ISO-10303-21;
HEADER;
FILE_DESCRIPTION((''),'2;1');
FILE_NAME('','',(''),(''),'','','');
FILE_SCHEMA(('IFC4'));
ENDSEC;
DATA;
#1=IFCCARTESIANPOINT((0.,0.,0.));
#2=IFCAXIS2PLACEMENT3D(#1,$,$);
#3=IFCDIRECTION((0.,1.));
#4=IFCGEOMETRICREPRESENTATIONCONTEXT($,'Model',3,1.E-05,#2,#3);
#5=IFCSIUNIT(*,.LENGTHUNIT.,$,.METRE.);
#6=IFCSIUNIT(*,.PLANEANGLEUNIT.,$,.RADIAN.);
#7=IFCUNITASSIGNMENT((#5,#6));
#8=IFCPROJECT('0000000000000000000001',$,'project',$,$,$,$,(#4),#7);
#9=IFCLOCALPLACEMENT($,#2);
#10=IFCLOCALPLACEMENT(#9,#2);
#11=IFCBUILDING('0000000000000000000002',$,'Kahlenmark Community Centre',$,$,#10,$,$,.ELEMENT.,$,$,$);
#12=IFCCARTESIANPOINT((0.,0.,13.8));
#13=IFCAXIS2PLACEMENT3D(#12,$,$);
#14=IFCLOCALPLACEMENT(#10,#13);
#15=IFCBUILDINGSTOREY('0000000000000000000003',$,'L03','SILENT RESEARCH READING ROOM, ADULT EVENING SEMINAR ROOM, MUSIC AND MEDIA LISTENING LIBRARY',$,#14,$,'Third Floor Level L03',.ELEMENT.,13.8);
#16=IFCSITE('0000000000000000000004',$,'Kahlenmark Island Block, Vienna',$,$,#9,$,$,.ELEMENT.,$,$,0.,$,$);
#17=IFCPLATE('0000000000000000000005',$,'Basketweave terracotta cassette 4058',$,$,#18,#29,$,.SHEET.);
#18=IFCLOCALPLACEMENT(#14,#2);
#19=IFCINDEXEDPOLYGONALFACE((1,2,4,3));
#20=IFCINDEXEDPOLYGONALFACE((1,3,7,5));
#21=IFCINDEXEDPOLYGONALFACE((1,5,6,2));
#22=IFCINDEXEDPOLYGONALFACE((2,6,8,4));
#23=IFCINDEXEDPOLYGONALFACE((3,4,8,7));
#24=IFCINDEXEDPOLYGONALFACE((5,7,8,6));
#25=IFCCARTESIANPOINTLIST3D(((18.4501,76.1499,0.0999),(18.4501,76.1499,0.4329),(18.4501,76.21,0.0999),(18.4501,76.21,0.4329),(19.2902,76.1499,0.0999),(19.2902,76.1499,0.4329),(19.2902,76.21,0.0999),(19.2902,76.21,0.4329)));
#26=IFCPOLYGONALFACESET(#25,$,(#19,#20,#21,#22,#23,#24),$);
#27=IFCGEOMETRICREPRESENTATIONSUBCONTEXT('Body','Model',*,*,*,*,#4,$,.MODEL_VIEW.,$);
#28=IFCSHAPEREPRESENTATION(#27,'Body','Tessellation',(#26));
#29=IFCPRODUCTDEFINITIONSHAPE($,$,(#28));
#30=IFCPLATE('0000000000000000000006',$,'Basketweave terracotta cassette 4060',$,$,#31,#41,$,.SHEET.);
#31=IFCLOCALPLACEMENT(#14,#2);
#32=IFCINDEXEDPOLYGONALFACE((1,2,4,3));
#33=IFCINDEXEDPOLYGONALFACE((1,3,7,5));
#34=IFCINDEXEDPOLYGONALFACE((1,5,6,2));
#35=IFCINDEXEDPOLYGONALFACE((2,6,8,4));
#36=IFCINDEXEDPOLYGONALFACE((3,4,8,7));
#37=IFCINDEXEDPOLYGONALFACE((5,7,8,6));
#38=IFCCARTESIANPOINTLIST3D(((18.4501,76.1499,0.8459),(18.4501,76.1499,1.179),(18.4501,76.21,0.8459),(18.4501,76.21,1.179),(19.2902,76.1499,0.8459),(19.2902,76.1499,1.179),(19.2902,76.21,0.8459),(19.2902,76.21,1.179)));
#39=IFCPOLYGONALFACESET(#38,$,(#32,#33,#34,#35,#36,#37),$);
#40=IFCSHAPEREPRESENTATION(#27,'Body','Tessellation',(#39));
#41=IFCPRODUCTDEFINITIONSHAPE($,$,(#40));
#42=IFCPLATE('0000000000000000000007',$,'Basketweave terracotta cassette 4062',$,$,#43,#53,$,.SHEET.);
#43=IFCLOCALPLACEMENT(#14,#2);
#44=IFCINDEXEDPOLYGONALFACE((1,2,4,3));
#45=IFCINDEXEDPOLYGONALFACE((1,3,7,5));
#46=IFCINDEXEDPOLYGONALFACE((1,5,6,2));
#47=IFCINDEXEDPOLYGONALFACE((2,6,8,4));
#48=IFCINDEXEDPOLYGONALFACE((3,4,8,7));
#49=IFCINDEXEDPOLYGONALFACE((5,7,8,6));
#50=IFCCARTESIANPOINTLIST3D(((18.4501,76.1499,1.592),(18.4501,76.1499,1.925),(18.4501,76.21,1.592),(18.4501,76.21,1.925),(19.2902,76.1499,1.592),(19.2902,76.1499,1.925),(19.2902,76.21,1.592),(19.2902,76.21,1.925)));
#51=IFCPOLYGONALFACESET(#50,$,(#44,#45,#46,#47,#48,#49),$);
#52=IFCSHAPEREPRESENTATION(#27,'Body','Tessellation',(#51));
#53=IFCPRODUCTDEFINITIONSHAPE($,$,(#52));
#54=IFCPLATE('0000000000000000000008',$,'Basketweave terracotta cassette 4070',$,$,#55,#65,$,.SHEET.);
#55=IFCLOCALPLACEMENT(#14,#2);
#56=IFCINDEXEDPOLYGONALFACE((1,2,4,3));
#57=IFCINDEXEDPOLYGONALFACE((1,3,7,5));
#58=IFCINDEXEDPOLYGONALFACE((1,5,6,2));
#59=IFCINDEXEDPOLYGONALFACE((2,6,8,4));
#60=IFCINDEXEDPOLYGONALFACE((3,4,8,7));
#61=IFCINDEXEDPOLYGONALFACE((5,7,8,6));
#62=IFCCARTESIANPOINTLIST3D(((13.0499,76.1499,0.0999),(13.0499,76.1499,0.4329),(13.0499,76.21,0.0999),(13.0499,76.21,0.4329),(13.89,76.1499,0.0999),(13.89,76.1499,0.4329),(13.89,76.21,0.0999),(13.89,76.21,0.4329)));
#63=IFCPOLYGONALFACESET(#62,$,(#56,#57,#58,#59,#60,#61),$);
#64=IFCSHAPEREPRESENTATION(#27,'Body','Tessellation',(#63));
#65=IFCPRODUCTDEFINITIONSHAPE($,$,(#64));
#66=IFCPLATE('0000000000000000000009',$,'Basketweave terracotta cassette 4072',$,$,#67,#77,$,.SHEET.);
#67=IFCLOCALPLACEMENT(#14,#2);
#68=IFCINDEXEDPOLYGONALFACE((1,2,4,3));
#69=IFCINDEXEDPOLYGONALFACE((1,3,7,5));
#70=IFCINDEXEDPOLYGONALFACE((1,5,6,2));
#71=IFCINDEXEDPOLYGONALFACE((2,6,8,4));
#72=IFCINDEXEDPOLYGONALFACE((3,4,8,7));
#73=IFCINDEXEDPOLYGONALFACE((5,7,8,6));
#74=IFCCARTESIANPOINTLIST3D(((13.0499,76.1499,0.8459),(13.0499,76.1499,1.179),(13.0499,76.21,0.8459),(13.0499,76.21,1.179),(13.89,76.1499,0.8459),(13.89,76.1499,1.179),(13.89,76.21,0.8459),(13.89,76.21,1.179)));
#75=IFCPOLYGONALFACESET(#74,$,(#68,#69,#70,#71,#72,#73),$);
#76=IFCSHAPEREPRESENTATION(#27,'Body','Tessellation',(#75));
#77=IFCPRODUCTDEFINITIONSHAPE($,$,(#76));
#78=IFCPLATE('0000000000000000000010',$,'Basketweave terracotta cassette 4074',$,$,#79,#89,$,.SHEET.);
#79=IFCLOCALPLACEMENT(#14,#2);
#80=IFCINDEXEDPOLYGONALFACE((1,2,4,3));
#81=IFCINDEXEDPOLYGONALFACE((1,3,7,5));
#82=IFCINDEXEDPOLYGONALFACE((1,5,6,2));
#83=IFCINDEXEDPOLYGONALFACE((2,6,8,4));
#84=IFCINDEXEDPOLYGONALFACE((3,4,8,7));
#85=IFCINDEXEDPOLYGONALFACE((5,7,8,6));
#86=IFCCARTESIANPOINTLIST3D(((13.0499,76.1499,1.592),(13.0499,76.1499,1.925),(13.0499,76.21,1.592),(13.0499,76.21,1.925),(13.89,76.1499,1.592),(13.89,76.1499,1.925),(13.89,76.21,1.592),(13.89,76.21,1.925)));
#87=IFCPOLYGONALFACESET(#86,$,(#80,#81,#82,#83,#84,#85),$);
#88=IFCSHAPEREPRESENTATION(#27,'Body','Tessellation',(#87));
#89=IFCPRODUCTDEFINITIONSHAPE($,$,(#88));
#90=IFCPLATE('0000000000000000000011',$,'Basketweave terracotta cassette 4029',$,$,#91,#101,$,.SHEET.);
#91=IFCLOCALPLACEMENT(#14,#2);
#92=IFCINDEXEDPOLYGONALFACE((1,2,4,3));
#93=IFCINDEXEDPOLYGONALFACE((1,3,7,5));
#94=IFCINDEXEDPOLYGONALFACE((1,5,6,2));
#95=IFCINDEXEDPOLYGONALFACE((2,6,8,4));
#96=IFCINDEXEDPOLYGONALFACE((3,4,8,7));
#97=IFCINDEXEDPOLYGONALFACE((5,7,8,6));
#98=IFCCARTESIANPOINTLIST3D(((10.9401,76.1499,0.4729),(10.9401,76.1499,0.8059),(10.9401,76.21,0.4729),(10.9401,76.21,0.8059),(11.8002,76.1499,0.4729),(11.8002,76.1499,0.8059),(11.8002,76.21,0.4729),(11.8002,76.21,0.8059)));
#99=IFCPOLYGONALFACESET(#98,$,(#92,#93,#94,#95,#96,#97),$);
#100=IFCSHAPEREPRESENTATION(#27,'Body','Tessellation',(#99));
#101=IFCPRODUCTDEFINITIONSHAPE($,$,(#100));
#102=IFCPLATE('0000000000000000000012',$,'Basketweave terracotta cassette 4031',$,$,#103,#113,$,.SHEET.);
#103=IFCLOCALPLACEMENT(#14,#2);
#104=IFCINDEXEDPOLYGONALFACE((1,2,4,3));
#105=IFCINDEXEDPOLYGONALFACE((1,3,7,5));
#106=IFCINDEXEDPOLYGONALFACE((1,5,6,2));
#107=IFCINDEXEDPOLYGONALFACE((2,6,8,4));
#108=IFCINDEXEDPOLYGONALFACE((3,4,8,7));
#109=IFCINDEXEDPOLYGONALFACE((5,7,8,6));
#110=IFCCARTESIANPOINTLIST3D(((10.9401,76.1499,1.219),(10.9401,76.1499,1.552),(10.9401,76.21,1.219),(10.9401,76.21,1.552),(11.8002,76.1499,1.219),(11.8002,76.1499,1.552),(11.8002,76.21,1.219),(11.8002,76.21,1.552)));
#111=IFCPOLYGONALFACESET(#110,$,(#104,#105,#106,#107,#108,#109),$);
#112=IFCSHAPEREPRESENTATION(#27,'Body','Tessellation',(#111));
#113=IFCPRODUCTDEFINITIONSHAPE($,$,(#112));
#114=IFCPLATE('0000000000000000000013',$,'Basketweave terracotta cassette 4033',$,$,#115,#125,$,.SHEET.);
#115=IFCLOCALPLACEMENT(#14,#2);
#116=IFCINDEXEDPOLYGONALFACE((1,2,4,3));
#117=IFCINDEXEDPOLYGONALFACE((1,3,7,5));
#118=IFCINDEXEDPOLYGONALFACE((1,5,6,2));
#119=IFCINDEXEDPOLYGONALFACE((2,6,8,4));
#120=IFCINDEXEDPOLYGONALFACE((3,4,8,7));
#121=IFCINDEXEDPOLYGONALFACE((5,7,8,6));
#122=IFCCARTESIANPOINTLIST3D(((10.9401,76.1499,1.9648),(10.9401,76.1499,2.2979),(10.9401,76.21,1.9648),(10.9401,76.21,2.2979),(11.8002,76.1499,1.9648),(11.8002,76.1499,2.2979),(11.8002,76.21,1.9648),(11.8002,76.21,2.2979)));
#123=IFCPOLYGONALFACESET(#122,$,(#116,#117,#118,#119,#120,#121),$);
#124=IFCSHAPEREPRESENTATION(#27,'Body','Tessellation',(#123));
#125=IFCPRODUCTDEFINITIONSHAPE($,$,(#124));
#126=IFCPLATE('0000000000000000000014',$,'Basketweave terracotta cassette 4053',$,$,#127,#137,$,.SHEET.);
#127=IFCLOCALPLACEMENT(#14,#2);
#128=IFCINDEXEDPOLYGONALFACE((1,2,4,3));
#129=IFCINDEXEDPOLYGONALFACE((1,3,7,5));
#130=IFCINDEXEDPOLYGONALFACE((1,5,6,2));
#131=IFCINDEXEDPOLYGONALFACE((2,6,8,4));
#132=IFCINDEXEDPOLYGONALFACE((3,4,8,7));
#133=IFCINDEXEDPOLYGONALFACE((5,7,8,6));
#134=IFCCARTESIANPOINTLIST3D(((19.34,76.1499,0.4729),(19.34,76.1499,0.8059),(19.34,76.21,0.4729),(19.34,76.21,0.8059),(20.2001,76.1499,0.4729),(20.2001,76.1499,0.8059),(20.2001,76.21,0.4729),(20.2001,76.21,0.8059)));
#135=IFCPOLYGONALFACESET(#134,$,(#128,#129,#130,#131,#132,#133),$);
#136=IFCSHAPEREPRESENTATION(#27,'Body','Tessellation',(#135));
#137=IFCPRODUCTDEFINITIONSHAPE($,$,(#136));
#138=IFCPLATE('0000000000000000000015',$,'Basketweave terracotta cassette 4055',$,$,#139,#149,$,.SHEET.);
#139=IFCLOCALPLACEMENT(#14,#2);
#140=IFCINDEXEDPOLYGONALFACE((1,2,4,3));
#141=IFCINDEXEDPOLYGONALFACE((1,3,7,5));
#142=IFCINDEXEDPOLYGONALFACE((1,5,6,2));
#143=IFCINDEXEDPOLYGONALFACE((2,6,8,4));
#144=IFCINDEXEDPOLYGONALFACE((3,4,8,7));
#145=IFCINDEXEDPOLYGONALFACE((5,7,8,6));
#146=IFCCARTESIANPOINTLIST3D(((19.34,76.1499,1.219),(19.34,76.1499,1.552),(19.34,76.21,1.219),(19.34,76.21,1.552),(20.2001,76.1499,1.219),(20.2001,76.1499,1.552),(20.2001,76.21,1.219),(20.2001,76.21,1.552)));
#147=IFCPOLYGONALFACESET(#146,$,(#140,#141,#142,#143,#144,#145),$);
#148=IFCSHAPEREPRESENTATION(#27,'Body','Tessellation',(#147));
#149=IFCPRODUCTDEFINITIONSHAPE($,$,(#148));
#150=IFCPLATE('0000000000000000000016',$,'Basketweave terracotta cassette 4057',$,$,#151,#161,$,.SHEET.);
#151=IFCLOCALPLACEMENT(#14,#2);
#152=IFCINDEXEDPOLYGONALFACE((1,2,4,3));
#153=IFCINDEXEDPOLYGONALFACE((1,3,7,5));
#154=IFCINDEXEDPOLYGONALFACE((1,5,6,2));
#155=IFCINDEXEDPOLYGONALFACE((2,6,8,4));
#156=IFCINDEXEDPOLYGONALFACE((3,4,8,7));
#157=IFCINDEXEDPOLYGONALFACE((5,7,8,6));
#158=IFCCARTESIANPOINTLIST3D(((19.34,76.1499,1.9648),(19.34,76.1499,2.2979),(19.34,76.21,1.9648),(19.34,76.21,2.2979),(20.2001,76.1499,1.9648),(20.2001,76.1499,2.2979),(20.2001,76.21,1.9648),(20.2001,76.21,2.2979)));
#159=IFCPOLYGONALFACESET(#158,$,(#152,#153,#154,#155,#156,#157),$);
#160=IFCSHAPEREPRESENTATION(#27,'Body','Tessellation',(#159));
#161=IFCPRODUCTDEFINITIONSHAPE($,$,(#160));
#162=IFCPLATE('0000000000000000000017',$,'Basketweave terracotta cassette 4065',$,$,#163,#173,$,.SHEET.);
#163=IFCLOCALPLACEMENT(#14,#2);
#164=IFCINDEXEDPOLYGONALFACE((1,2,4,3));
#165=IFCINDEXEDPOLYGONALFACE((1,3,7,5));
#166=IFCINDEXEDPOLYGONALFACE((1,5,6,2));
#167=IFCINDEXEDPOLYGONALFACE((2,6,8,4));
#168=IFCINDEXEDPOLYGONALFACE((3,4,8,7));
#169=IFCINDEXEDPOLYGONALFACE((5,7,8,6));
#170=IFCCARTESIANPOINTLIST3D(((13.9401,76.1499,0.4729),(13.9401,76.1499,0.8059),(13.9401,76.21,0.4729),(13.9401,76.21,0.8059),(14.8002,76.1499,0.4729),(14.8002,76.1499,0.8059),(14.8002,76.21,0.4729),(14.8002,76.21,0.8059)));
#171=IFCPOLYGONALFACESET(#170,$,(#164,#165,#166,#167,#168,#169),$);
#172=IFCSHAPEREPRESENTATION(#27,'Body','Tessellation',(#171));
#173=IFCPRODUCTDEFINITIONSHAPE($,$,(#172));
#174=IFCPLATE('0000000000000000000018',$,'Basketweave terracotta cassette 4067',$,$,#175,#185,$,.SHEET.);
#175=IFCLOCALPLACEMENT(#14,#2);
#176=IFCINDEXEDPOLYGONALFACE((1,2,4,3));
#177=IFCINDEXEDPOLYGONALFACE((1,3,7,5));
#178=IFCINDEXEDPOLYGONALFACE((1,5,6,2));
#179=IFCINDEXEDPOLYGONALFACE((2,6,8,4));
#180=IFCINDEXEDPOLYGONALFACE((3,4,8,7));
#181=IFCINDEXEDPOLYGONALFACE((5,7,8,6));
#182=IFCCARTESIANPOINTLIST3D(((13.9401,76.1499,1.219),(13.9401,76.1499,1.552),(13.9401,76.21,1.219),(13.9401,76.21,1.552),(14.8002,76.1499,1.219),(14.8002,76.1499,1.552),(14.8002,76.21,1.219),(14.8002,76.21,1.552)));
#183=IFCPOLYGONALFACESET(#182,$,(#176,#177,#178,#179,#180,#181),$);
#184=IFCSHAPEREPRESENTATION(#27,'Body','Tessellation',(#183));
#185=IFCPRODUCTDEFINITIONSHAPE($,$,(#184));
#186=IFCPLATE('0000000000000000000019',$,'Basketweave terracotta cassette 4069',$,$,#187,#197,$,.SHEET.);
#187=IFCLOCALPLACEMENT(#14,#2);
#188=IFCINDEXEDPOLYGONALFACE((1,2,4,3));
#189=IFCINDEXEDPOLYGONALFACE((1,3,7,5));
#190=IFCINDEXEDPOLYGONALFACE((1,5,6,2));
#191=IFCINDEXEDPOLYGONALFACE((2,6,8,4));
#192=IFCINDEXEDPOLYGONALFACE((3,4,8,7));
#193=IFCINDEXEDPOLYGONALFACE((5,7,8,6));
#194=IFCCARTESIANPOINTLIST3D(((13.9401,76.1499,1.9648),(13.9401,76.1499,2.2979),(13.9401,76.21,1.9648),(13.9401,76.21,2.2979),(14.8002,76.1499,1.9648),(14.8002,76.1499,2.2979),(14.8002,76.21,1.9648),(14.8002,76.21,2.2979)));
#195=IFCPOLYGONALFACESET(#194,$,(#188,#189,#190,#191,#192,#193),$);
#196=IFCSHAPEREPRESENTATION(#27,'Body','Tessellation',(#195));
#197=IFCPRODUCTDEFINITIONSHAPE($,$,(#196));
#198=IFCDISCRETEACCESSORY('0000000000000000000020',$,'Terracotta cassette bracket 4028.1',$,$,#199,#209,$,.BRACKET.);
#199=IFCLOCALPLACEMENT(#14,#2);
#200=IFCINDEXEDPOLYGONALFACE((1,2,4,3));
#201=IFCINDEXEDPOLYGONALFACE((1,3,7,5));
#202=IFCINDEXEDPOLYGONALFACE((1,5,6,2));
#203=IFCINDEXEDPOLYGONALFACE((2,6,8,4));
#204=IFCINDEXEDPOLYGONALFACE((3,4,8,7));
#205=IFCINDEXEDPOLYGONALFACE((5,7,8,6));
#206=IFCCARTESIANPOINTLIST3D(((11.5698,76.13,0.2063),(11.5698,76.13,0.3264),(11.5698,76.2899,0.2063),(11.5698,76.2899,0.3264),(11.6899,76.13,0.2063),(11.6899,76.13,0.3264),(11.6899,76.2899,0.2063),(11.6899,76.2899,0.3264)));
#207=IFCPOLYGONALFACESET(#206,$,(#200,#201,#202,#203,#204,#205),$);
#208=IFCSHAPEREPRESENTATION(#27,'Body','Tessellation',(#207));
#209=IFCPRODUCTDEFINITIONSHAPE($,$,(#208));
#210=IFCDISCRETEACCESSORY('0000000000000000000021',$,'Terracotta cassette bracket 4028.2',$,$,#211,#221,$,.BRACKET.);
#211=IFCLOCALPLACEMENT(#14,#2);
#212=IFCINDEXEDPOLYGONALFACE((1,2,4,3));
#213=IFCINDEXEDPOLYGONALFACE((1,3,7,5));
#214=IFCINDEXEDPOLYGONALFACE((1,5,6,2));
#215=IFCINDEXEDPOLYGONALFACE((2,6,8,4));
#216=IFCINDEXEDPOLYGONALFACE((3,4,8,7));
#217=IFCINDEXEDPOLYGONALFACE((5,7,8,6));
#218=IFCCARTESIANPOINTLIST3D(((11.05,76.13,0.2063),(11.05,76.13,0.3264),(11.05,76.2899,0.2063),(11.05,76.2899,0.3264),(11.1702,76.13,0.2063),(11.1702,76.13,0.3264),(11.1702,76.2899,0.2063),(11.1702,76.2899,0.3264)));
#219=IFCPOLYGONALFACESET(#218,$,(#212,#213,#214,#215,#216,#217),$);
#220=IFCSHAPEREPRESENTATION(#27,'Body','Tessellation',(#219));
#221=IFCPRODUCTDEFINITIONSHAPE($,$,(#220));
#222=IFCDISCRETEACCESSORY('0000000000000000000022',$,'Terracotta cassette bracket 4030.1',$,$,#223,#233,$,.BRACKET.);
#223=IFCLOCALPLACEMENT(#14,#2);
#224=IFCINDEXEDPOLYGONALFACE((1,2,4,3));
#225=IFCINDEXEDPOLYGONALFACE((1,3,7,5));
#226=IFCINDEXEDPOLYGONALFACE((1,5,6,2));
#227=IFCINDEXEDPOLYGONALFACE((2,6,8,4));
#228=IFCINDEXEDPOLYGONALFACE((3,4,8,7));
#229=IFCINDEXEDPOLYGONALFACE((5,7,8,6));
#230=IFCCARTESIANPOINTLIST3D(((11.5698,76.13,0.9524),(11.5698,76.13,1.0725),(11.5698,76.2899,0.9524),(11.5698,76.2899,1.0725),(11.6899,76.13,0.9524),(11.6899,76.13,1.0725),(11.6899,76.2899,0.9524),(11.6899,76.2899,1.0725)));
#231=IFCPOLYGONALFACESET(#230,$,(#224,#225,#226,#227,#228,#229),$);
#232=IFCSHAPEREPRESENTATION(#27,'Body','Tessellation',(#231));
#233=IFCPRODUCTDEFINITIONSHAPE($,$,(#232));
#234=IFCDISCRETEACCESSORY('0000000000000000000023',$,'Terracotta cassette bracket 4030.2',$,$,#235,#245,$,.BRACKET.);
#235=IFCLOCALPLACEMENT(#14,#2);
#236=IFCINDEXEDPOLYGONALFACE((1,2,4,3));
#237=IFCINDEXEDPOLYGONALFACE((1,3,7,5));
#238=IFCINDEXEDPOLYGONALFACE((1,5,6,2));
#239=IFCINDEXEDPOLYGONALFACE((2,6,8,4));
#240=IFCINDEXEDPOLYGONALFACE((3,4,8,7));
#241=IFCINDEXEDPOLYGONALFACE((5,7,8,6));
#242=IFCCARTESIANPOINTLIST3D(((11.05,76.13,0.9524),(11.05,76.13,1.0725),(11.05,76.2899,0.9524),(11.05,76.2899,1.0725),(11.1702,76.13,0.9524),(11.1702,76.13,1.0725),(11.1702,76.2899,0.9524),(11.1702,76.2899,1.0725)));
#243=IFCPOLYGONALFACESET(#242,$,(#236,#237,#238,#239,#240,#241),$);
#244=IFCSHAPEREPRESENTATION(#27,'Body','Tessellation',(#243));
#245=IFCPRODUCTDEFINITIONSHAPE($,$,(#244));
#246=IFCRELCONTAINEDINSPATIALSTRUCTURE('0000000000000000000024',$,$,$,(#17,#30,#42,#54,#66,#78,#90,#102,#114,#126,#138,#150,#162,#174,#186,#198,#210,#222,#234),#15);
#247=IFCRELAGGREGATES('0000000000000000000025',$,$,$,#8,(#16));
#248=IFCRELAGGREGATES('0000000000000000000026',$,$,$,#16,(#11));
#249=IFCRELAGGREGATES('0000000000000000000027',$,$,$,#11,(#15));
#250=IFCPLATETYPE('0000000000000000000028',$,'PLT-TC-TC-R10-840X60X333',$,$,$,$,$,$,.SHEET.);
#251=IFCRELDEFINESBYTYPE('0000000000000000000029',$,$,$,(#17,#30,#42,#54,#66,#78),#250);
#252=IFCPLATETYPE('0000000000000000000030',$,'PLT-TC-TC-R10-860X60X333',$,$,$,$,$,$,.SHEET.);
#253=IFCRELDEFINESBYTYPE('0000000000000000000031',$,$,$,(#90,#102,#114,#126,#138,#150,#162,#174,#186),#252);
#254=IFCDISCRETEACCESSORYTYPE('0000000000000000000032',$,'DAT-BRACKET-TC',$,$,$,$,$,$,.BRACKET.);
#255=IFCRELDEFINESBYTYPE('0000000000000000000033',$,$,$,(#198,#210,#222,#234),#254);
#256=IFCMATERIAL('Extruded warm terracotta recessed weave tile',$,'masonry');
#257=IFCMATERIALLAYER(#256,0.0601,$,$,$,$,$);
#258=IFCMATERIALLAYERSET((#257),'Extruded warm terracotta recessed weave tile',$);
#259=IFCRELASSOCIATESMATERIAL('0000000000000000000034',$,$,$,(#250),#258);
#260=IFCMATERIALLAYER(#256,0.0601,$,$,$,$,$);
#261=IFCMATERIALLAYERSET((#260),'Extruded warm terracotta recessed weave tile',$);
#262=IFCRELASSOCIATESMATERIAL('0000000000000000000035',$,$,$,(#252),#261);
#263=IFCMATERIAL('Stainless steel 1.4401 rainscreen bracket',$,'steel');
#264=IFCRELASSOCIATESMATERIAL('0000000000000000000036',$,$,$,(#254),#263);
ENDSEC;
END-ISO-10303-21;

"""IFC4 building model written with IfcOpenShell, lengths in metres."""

from ifc_helpers import new_model, si_unit, direction, frame, origin, origin_2d, place, context, subcontext, project, spatial, rectangle, extrude, material, layer, layer_set, type_object, element, save


model = new_model("IFC4")

# Units and contexts
model_context = context("Model", 3, precision=1e-05, world=origin(), true_north=direction((0.0, 1.0)))
body_context = subcontext(model_context, "Body", "Model", "MODEL_VIEW")
ifc_project = project(units=[si_unit("LENGTHUNIT", "METRE"), si_unit("PLANEANGLEUNIT", "RADIAN")], contexts=[model_context])

# Site, building, storey
site_placement = place(None, origin())
site = spatial("IfcSite", under=ifc_project, at=site_placement, Name="Kahlenmark Island Block, Vienna", CompositionType="ELEMENT", RefElevation=0.0)
building_placement = place(site_placement, origin())
building = spatial("IfcBuilding", under=site, at=building_placement, Name="Kahlenmark Community Centre", CompositionType="ELEMENT")
storey_placement = place(building_placement, frame((0.0, 0.0, 13.8)))
storey = spatial("IfcBuildingStorey", under=building, at=storey_placement, Name="L03", Description="SILENT RESEARCH READING ROOM, ADULT EVENING SEMINAR ROOM, MUSIC AND MEDIA LISTENING LIBRARY", LongName="Third Floor Level L03", CompositionType="ELEMENT", Elevation=13.8)

# Plates
ifc_material_1 = material(Name="Extruded warm terracotta recessed weave tile", Category="masonry")
ifc_layer_1 = layer(ifc_material_1, 0.0601)
ifc_layer_set_1 = layer_set([ifc_layer_1], Name="Extruded warm terracotta recessed weave tile")
plate_type_1 = type_object("IfcPlateType", Name="PLT-TC-TC-R10-840X60X333", PredefinedType="SHEET", material=ifc_layer_set_1)
for number, where, z_axis, x_axis, name in (
    (1, (18.8701, 76.1799, 0.0999), (0.0, 0.0, 1.0), (-1.0, 0.0, 0.0), "Basketweave terracotta cassette 4058"),
    (2, (18.8701, 76.1799, 0.8459), (0.0, 0.0, 1.0), (-1.0, 0.0, 0.0), "Basketweave terracotta cassette 4060"),
    (3, (18.8701, 76.1799, 1.592), (0.0, 0.0, 1.0), (-1.0, 0.0, 0.0), "Basketweave terracotta cassette 4062"),
    (4, (13.47, 76.1799, 0.0999), (0.0, 0.0, 1.0), (-1.0, 0.0, 0.0), "Basketweave terracotta cassette 4070"),
    (5, (13.47, 76.1799, 0.8459), (0.0, 0.0, 1.0), (-1.0, 0.0, 0.0), "Basketweave terracotta cassette 4072"),
    (6, (13.47, 76.1799, 1.592), (0.0, 0.0, 1.0), (-1.0, 0.0, 0.0), "Basketweave terracotta cassette 4074"),
):
    element("IfcPlate", number, at=place(storey_placement, frame(where, z_axis=z_axis, x_axis=x_axis)), inside=storey, type_object=plate_type_1, Name=name, PredefinedType="SHEET", context=body_context, shape_type="SweptSolid", body=[
        extrude(rectangle(XDim=0.8401, YDim=0.0601, at=origin_2d()), origin(), (0.0, 0.0, 1.0), 0.333),
    ])
ifc_layer_2 = layer(ifc_material_1, 0.0601)
ifc_layer_set_2 = layer_set([ifc_layer_2], Name="Extruded warm terracotta recessed weave tile")
plate_type_2 = type_object("IfcPlateType", Name="PLT-TC-TC-R10-860X60X333", PredefinedType="SHEET", material=ifc_layer_set_2)
for number, where, z_axis, x_axis, name in (
    (7, (11.3701, 76.1799, 0.4729), (0.0, 0.0, 1.0), (-1.0, 0.0, 0.0), "Basketweave terracotta cassette 4029"),
    (8, (11.3701, 76.1799, 1.219), (0.0, 0.0, 1.0), (-1.0, 0.0, 0.0), "Basketweave terracotta cassette 4031"),
    (9, (11.3701, 76.1799, 1.9648), (0.0, 0.0, 1.0), (-1.0, 0.0, 0.0), "Basketweave terracotta cassette 4033"),
    (10, (19.77, 76.1799, 0.4729), (0.0, 0.0, 1.0), (-1.0, 0.0, 0.0), "Basketweave terracotta cassette 4053"),
    (11, (19.77, 76.1799, 1.219), (0.0, 0.0, 1.0), (-1.0, 0.0, 0.0), "Basketweave terracotta cassette 4055"),
    (12, (19.77, 76.1799, 1.9648), (0.0, 0.0, 1.0), (-1.0, 0.0, 0.0), "Basketweave terracotta cassette 4057"),
    (13, (14.3701, 76.1799, 0.4729), (0.0, 0.0, 1.0), (-1.0, 0.0, 0.0), "Basketweave terracotta cassette 4065"),
    (14, (14.3701, 76.1799, 1.219), (0.0, 0.0, 1.0), (-1.0, 0.0, 0.0), "Basketweave terracotta cassette 4067"),
    (15, (14.3701, 76.1799, 1.9648), (0.0, 0.0, 1.0), (-1.0, 0.0, 0.0), "Basketweave terracotta cassette 4069"),
):
    element("IfcPlate", number, at=place(storey_placement, frame(where, z_axis=z_axis, x_axis=x_axis)), inside=storey, type_object=plate_type_2, Name=name, PredefinedType="SHEET", context=body_context, shape_type="SweptSolid", body=[
        extrude(rectangle(XDim=0.8601, YDim=0.0601, at=origin_2d()), origin(), (0.0, 0.0, 1.0), 0.333),
    ])

# Discrete accessories
ifc_material_2 = material(Name="Stainless steel 1.4401 rainscreen bracket", Category="steel")
discrete_accessory_type = type_object("IfcDiscreteAccessoryType", Name="DAT-BRACKET-TC", PredefinedType="BRACKET", material=ifc_material_2)
for number, where, z_axis, x_axis, name in (
    (16, (11.6299, 76.21, 0.2063), (0.0, 0.0, 1.0), (-1.0, 0.0, 0.0), "Terracotta cassette bracket 4028.1"),
    (17, (11.1101, 76.21, 0.2063), (0.0, 0.0, 1.0), (-1.0, 0.0, 0.0), "Terracotta cassette bracket 4028.2"),
    (18, (11.6299, 76.21, 0.9524), (0.0, 0.0, 1.0), (-1.0, 0.0, 0.0), "Terracotta cassette bracket 4030.1"),
    (19, (11.1101, 76.21, 0.9524), (0.0, 0.0, 1.0), (-1.0, 0.0, 0.0), "Terracotta cassette bracket 4030.2"),
):
    element("IfcDiscreteAccessory", number, at=place(storey_placement, frame(where, z_axis=z_axis, x_axis=x_axis)), inside=storey, type_object=discrete_accessory_type, Name=name, PredefinedType="BRACKET", context=body_context, shape_type="SweptSolid", body=[
        extrude(rectangle(XDim=0.1201, YDim=0.1599, at=origin_2d()), origin(), (0.0, 0.0, 1.0), 0.1201),
    ])

save(model, "model.ifc")
